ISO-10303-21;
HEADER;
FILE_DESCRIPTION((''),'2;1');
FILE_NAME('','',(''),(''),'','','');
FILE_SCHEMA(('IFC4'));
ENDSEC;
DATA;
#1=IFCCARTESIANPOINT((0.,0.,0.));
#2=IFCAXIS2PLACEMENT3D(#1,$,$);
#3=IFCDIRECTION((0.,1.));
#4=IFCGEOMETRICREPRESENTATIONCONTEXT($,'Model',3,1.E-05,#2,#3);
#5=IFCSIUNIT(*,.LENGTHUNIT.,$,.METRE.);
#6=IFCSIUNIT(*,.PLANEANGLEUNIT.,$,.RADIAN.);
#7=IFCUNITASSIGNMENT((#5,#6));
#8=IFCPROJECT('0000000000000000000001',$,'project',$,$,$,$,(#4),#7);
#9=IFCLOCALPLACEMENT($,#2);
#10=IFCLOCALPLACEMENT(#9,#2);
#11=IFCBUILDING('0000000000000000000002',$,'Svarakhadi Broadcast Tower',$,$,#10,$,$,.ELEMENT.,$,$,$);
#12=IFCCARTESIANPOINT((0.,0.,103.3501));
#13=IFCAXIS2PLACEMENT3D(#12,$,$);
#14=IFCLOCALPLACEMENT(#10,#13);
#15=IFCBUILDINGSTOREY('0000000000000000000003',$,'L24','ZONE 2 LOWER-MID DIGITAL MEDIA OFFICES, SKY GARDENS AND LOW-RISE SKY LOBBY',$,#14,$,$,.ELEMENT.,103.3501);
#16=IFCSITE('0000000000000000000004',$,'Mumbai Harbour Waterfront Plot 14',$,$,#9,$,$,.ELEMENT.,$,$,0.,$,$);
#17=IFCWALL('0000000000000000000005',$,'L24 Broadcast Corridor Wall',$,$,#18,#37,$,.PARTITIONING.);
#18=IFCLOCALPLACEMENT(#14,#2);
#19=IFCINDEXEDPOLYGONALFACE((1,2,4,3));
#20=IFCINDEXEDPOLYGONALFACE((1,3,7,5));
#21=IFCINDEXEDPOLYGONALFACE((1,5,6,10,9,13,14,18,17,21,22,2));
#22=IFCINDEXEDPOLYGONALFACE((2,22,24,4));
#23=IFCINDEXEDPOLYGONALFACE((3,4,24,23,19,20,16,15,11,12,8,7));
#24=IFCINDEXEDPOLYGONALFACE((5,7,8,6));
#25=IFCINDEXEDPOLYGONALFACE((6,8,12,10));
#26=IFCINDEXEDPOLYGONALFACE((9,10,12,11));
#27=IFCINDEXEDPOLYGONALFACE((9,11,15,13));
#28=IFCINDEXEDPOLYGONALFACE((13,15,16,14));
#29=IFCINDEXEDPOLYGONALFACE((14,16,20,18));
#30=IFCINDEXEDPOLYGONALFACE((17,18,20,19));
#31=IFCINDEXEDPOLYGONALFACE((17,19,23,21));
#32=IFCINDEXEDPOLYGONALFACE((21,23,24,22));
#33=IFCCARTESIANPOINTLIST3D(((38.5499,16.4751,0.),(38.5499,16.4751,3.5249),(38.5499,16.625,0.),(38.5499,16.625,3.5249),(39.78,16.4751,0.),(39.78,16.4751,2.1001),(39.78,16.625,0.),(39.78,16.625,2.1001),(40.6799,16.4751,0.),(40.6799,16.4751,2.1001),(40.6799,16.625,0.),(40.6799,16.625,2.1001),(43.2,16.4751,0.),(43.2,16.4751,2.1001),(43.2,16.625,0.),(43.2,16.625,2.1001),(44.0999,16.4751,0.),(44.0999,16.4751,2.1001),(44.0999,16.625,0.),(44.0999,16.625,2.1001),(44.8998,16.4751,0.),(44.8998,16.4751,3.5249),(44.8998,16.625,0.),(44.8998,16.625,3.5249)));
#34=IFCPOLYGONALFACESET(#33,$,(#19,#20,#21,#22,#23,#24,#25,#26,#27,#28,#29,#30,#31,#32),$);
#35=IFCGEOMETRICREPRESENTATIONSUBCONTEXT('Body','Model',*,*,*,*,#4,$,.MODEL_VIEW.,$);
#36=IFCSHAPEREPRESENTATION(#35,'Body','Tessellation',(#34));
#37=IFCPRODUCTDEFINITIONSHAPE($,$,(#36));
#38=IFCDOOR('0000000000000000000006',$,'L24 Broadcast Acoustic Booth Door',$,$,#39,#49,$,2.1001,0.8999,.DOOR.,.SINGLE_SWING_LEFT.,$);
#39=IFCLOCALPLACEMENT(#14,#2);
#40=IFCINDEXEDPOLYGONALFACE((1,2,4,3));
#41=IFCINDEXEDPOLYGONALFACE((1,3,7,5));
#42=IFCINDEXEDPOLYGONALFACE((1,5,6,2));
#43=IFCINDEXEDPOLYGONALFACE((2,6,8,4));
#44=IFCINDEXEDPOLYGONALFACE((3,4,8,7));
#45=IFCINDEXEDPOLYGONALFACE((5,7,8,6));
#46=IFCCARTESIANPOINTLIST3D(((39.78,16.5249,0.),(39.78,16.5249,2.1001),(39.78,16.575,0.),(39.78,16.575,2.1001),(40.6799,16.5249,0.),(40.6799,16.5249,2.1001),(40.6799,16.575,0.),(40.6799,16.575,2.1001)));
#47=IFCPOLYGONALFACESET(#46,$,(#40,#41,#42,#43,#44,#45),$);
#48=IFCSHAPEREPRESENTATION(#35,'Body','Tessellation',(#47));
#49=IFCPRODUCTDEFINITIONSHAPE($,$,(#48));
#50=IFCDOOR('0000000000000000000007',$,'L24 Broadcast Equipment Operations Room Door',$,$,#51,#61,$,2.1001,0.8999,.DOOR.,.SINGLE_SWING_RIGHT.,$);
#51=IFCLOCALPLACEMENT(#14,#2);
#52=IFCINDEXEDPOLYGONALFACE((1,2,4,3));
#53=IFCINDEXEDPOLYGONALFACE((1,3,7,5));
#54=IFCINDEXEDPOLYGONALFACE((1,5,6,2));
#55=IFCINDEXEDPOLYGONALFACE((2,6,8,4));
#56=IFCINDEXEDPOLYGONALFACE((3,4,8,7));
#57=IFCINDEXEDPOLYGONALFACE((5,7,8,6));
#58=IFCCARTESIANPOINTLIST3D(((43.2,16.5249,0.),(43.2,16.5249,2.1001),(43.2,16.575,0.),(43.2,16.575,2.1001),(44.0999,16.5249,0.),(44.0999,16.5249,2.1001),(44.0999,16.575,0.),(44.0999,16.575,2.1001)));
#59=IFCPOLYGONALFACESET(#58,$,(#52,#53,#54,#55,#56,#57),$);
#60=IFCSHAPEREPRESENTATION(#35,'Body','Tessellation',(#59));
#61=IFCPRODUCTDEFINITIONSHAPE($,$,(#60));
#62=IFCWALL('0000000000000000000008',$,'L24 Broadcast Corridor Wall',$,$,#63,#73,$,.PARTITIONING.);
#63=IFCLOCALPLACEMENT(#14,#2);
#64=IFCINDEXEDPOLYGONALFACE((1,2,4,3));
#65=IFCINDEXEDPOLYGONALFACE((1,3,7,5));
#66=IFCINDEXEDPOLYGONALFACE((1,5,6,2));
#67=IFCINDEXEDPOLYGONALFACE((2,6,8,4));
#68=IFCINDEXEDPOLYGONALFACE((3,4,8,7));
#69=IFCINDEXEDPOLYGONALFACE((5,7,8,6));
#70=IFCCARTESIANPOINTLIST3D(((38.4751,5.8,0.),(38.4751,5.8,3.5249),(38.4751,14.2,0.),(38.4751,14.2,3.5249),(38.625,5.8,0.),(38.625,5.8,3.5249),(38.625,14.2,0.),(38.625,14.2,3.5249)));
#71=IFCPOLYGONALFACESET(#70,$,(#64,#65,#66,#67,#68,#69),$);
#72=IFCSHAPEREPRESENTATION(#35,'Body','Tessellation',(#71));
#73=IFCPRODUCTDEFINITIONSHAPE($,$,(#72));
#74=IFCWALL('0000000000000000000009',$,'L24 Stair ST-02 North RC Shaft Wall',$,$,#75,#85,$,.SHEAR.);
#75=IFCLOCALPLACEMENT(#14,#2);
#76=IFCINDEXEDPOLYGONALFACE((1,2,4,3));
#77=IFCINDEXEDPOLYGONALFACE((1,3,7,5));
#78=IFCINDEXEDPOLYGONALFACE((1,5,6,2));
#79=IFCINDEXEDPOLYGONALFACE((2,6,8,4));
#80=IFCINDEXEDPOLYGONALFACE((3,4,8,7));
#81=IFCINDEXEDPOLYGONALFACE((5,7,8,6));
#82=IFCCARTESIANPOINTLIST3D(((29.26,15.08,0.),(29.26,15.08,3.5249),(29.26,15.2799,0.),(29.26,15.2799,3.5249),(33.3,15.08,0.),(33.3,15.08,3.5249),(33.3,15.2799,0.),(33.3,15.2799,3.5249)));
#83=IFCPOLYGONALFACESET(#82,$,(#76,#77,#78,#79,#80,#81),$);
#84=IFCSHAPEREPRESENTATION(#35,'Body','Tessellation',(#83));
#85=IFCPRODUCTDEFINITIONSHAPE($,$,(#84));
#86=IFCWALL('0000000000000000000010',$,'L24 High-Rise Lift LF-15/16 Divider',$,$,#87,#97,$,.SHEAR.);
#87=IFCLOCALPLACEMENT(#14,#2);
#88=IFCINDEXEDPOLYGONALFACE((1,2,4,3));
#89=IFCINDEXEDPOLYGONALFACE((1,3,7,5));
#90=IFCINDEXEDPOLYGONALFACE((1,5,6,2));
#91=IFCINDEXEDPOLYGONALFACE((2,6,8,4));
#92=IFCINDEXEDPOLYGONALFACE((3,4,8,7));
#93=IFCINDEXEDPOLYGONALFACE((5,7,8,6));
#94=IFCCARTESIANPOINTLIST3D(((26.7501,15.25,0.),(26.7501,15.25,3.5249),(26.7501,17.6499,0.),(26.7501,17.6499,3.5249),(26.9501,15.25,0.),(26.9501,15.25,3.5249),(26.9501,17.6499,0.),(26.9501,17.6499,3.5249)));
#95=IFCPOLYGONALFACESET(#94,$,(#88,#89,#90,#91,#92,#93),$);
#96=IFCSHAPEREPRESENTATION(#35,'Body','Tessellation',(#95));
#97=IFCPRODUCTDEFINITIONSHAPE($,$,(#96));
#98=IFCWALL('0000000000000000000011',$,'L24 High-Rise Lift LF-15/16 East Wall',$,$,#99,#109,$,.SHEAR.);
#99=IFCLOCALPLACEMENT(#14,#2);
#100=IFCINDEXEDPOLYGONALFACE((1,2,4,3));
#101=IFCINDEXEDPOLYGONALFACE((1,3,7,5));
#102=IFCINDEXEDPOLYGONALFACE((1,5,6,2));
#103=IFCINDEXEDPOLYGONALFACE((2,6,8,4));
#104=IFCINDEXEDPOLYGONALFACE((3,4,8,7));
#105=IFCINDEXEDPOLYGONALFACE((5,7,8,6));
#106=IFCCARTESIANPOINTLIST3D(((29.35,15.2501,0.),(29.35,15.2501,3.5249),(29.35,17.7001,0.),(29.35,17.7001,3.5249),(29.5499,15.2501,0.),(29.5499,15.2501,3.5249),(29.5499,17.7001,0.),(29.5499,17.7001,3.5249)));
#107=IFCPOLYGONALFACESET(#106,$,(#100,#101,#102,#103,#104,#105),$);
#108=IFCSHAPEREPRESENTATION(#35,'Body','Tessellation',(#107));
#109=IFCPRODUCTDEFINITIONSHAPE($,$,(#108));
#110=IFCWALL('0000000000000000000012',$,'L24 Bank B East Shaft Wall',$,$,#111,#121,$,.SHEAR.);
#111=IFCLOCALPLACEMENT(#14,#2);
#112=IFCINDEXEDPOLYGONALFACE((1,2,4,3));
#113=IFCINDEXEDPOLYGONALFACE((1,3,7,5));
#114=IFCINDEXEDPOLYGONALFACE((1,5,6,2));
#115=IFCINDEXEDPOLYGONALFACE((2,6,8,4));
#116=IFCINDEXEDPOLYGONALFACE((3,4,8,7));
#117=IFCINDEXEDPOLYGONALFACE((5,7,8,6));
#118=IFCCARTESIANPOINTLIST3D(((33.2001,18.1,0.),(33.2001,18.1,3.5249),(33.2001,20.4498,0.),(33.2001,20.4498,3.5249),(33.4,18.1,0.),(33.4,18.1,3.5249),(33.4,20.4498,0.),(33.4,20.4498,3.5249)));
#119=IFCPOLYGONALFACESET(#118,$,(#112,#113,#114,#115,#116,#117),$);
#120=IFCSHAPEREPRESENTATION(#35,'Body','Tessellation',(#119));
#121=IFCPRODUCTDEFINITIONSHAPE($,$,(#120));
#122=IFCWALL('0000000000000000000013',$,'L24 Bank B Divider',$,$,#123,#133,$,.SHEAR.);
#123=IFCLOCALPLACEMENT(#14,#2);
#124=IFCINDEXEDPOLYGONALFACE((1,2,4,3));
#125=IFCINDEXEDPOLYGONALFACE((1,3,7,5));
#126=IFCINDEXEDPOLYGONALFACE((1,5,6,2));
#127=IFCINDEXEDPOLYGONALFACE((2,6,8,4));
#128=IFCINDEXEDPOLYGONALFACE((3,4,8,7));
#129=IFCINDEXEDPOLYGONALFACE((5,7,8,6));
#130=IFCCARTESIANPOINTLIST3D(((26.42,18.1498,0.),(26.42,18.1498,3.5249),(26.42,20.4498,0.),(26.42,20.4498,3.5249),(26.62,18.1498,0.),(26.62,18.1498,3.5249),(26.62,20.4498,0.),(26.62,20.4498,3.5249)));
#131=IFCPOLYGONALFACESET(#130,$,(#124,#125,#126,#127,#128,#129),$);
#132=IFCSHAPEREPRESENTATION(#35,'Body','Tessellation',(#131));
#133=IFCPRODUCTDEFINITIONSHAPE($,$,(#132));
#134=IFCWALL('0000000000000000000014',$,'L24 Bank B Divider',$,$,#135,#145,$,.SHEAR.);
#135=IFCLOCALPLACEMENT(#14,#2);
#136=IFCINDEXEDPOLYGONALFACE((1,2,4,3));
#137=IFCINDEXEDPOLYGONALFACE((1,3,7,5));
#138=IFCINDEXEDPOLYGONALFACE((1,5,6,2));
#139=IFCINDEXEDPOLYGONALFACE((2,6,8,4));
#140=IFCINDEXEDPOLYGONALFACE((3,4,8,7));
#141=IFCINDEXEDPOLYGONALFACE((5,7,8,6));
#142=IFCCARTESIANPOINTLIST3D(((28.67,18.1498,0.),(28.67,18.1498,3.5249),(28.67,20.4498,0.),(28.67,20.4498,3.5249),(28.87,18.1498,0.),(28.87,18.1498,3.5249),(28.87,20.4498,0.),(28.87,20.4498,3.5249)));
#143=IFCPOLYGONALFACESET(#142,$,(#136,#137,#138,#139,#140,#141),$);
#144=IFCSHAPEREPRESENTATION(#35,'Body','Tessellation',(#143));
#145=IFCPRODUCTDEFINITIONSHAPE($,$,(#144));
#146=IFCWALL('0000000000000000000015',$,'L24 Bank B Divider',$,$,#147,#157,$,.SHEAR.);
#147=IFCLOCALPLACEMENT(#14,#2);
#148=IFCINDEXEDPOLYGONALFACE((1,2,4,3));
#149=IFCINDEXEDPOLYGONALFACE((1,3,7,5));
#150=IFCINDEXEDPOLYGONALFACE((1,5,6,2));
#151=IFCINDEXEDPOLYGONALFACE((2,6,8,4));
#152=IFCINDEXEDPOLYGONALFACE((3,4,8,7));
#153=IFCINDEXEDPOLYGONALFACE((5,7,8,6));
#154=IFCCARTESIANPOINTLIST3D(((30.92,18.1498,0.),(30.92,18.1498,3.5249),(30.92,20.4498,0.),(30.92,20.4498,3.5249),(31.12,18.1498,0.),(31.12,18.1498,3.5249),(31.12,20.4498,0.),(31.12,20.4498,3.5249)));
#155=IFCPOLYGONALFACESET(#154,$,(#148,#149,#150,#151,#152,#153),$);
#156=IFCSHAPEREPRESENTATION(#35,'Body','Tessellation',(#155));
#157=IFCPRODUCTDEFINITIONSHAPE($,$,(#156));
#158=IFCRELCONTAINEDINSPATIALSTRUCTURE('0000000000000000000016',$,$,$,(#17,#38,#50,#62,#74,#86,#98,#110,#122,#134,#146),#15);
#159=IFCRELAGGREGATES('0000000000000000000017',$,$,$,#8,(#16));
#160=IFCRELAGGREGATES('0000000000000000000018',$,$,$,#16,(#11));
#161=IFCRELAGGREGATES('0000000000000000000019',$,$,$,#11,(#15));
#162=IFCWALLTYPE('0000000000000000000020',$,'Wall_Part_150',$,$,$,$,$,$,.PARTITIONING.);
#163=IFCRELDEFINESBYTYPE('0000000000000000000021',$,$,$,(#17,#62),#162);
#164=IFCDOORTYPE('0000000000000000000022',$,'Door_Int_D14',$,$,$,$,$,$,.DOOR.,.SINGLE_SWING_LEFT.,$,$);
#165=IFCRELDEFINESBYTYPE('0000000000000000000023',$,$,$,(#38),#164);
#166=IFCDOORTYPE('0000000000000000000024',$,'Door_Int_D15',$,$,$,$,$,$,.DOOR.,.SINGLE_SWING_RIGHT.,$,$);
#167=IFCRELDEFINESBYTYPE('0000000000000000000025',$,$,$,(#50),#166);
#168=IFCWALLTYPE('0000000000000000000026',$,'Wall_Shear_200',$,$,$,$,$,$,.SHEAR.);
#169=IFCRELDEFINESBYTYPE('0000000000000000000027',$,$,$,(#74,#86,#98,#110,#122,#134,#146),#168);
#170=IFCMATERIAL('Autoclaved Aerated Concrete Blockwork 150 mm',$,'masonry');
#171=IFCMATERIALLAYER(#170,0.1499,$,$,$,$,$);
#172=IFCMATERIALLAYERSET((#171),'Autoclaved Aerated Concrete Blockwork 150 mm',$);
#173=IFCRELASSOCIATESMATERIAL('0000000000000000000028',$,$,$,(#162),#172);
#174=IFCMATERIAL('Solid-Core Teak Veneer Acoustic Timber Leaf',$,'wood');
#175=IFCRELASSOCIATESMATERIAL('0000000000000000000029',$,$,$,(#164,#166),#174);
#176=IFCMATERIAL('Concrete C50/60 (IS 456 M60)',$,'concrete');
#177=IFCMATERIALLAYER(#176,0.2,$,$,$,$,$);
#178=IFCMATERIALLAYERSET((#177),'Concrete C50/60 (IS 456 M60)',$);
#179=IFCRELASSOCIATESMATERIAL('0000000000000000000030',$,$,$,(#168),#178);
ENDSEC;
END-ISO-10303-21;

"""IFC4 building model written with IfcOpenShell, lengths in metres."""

from ifc_helpers import new_model, si_unit, direction, frame, frame_2d, origin, place, context, subcontext, project, spatial, rectangle, extrude, material, layer, layer_set, type_object, element, fill, save


model = new_model("IFC4")

# Units and contexts
model_context = context("Model", 3, precision=1e-05, world=origin(), true_north=direction((0.0, 1.0)))
body_context = subcontext(model_context, "Body", "Model", "MODEL_VIEW")
ifc_project = project(units=[si_unit("LENGTHUNIT", "METRE"), si_unit("PLANEANGLEUNIT", "RADIAN")], contexts=[model_context])

# Site, building, storey
site_placement = place(None, origin())
site = spatial("IfcSite", under=ifc_project, at=site_placement, Name="Mumbai Harbour Waterfront Plot 14", CompositionType="ELEMENT", RefElevation=0.0)
building_placement = place(site_placement, origin())
building = spatial("IfcBuilding", under=site, at=building_placement, Name="Svarakhadi Broadcast Tower", CompositionType="ELEMENT")
storey_placement = place(building_placement, frame((0.0, 0.0, 103.3501)))
storey = spatial("IfcBuildingStorey", under=building, at=storey_placement, Name="L24", Description="ZONE 2 LOWER-MID DIGITAL MEDIA OFFICES, SKY GARDENS AND LOW-RISE SKY LOBBY", CompositionType="ELEMENT", Elevation=103.3501)

# Shared definitions
ifc_material_1 = material(Name="Concrete C50/60 (IS 456 M60)", Category="concrete")

# Shared definitions
ifc_material_2 = material(Name="Autoclaved Aerated Concrete Blockwork 150 mm", Category="masonry")
ifc_layer_1 = layer(ifc_material_2, 0.1499)
ifc_layer_set_1 = layer_set([ifc_layer_1], Name="Autoclaved Aerated Concrete Blockwork 150 mm")
wall_type_1 = type_object("IfcWallType", Name="Wall_Part_150", PredefinedType="PARTITIONING", material=ifc_layer_set_1)

# Wall, openings, doors
wall_1_placement = place(storey_placement, frame((38.55, 16.55, 0.0), z_axis=(0.0, 0.0, 1.0), x_axis=(1.0, 0.0, 0.0)))
wall_1 = element("IfcWall", 1, at=wall_1_placement, inside=storey, type_object=wall_type_1, Name="L24 Broadcast Corridor Wall", PredefinedType="PARTITIONING", context=body_context, shape_type="SweptSolid", body=[
    extrude(rectangle(XDim=6.3499, YDim=0.1499, at=frame_2d((3.1748, 0.0))), origin(), (0.0, 0.0, 1.0), 3.5249),
])
opening_1_placement = place(wall_1_placement, frame((1.23, 0.0, 0.0)))
opening_1 = element("IfcOpeningElement", 2, at=opening_1_placement, cuts=wall_1, PredefinedType="OPENING", context=body_context, shape_type="SweptSolid", body=[
    extrude(rectangle(XDim=0.8999, YDim=2.1001, at=frame_2d((0.45, 1.05))), frame((0.0, 0.085, 0.0), z_axis=(0.0, -1.0, 0.0), x_axis=(1.0, 0.0, 0.0)), (0.0, 0.0, 1.0), 0.1699),
])
opening_2_placement = place(wall_1_placement, frame((4.6499, 0.0, 0.0)))
opening_2 = element("IfcOpeningElement", 3, at=opening_2_placement, cuts=wall_1, PredefinedType="OPENING", context=body_context, shape_type="SweptSolid", body=[
    extrude(rectangle(XDim=0.8999, YDim=2.1001, at=frame_2d((0.45, 1.05))), frame((0.0, 0.085, 0.0), z_axis=(0.0, -1.0, 0.0), x_axis=(1.0, 0.0, 0.0)), (0.0, 0.0, 1.0), 0.1699),
])
ifc_material_3 = material(Name="Solid-Core Teak Veneer Acoustic Timber Leaf", Category="wood")
door_type_1 = type_object("IfcDoorType", Name="Door_Int_D14", OperationType="SINGLE_SWING_LEFT", PredefinedType="DOOR", material=ifc_material_3)
door_1_placement = place(opening_1_placement, origin())
door_1 = element("IfcDoor", 4, at=door_1_placement, inside=storey, type_object=door_type_1, Name="L24 Broadcast Acoustic Booth Door", OperationType="SINGLE_SWING_LEFT", OverallHeight=2.1001, OverallWidth=0.8999, PredefinedType="DOOR", context=body_context, shape_type="SweptSolid", body=[
    extrude(rectangle(XDim=0.8999, YDim=2.1001, at=frame_2d((0.45, 1.05))), frame((0.0, 0.0249, 0.0), z_axis=(0.0, -1.0, 0.0), x_axis=(1.0, 0.0, 0.0)), (0.0, 0.0, 1.0), 0.05),
])
fill(opening_1, door_1)
door_type_2 = type_object("IfcDoorType", Name="Door_Int_D15", OperationType="SINGLE_SWING_RIGHT", PredefinedType="DOOR", material=ifc_material_3)
door_2_placement = place(opening_2_placement, origin())
door_2 = element("IfcDoor", 5, at=door_2_placement, inside=storey, type_object=door_type_2, Name="L24 Broadcast Equipment Operations Room Door", OperationType="SINGLE_SWING_RIGHT", OverallHeight=2.1001, OverallWidth=0.8999, PredefinedType="DOOR", context=body_context, shape_type="SweptSolid", body=[
    extrude(rectangle(XDim=0.8999, YDim=2.1001, at=frame_2d((0.45, 1.05))), frame((0.0, 0.0249, 0.0), z_axis=(0.0, -1.0, 0.0), x_axis=(1.0, 0.0, 0.0)), (0.0, 0.0, 1.0), 0.05),
])
fill(opening_2, door_2)

# Walls
wall_2_placement = place(storey_placement, frame((38.55, 14.2, 0.0), z_axis=(0.0, 0.0, 1.0), x_axis=(0.0, -1.0, 0.0)))
element("IfcWall", 6, at=wall_2_placement, inside=storey, type_object=wall_type_1, Name="L24 Broadcast Corridor Wall", PredefinedType="PARTITIONING", context=body_context, shape_type="SweptSolid", body=[
    extrude(rectangle(XDim=8.3999, YDim=0.1499, at=frame_2d((4.2, 0.0))), origin(), (0.0, 0.0, 1.0), 3.5249),
])
ifc_layer_2 = layer(ifc_material_1, 0.2)
ifc_layer_set_2 = layer_set([ifc_layer_2], Name="Concrete C50/60 (IS 456 M60)")
wall_type_2 = type_object("IfcWallType", Name="Wall_Shear_200", PredefinedType="SHEAR", material=ifc_layer_set_2)
wall_3_placement = place(storey_placement, frame((29.26, 15.1799, 0.0), z_axis=(0.0, 0.0, 1.0), x_axis=(1.0, 0.0, 0.0)))
element("IfcWall", 7, at=wall_3_placement, inside=storey, type_object=wall_type_2, Name="L24 Stair ST-02 North RC Shaft Wall", PredefinedType="SHEAR", context=body_context, shape_type="SweptSolid", body=[
    extrude(rectangle(XDim=4.04, YDim=0.2, at=frame_2d((2.02, 0.0))), origin(), (0.0, 0.0, 1.0), 3.5249),
])
wall_4_placement = place(storey_placement, frame((26.8501, 15.25, 0.0), z_axis=(0.0, 0.0, 1.0), x_axis=(0.0, 1.0, 0.0)))
element("IfcWall", 8, at=wall_4_placement, inside=storey, type_object=wall_type_2, Name="L24 High-Rise Lift LF-15/16 Divider", PredefinedType="SHEAR", context=body_context, shape_type="SweptSolid", body=[
    extrude(rectangle(XDim=2.3999, YDim=0.2, at=frame_2d((1.2, 0.0))), origin(), (0.0, 0.0, 1.0), 3.5249),
])
wall_5_placement = place(storey_placement, frame((29.45, 15.25, 0.0), z_axis=(0.0, 0.0, 1.0), x_axis=(0.0, 1.0, 0.0)))
element("IfcWall", 9, at=wall_5_placement, inside=storey, type_object=wall_type_2, Name="L24 High-Rise Lift LF-15/16 East Wall", PredefinedType="SHEAR", context=body_context, shape_type="SweptSolid", body=[
    extrude(rectangle(XDim=2.45, YDim=0.2, at=frame_2d((1.2251, 0.0))), origin(), (0.0, 0.0, 1.0), 3.5249),
])
wall_6_placement = place(storey_placement, frame((33.3, 18.1001, 0.0), z_axis=(0.0, 0.0, 1.0), x_axis=(0.0, 1.0, 0.0)))
element("IfcWall", 10, at=wall_6_placement, inside=storey, type_object=wall_type_2, Name="L24 Bank B East Shaft Wall", PredefinedType="SHEAR", context=body_context, shape_type="SweptSolid", body=[
    extrude(rectangle(XDim=2.3499, YDim=0.2, at=frame_2d((1.1748, 0.0))), origin(), (0.0, 0.0, 1.0), 3.5249),
])
for number, where, z_axis, x_axis, name in (
    (11, (26.52, 18.1499, 0.0), (0.0, 0.0, 1.0), (0.0, 1.0, 0.0), "L24 Bank B Divider"),
    (12, (28.77, 18.1499, 0.0), (0.0, 0.0, 1.0), (0.0, 1.0, 0.0), "L24 Bank B Divider"),
    (13, (31.02, 18.1499, 0.0), (0.0, 0.0, 1.0), (0.0, 1.0, 0.0), "L24 Bank B Divider"),
):
    element("IfcWall", number, at=place(storey_placement, frame(where, z_axis=z_axis, x_axis=x_axis)), inside=storey, type_object=wall_type_2, Name=name, PredefinedType="SHEAR", context=body_context, shape_type="SweptSolid", body=[
        extrude(rectangle(XDim=2.3, YDim=0.2, at=frame_2d((1.1499, 0.0))), origin(), (0.0, 0.0, 1.0), 3.5249),
    ])

save(model, "model.ifc")
